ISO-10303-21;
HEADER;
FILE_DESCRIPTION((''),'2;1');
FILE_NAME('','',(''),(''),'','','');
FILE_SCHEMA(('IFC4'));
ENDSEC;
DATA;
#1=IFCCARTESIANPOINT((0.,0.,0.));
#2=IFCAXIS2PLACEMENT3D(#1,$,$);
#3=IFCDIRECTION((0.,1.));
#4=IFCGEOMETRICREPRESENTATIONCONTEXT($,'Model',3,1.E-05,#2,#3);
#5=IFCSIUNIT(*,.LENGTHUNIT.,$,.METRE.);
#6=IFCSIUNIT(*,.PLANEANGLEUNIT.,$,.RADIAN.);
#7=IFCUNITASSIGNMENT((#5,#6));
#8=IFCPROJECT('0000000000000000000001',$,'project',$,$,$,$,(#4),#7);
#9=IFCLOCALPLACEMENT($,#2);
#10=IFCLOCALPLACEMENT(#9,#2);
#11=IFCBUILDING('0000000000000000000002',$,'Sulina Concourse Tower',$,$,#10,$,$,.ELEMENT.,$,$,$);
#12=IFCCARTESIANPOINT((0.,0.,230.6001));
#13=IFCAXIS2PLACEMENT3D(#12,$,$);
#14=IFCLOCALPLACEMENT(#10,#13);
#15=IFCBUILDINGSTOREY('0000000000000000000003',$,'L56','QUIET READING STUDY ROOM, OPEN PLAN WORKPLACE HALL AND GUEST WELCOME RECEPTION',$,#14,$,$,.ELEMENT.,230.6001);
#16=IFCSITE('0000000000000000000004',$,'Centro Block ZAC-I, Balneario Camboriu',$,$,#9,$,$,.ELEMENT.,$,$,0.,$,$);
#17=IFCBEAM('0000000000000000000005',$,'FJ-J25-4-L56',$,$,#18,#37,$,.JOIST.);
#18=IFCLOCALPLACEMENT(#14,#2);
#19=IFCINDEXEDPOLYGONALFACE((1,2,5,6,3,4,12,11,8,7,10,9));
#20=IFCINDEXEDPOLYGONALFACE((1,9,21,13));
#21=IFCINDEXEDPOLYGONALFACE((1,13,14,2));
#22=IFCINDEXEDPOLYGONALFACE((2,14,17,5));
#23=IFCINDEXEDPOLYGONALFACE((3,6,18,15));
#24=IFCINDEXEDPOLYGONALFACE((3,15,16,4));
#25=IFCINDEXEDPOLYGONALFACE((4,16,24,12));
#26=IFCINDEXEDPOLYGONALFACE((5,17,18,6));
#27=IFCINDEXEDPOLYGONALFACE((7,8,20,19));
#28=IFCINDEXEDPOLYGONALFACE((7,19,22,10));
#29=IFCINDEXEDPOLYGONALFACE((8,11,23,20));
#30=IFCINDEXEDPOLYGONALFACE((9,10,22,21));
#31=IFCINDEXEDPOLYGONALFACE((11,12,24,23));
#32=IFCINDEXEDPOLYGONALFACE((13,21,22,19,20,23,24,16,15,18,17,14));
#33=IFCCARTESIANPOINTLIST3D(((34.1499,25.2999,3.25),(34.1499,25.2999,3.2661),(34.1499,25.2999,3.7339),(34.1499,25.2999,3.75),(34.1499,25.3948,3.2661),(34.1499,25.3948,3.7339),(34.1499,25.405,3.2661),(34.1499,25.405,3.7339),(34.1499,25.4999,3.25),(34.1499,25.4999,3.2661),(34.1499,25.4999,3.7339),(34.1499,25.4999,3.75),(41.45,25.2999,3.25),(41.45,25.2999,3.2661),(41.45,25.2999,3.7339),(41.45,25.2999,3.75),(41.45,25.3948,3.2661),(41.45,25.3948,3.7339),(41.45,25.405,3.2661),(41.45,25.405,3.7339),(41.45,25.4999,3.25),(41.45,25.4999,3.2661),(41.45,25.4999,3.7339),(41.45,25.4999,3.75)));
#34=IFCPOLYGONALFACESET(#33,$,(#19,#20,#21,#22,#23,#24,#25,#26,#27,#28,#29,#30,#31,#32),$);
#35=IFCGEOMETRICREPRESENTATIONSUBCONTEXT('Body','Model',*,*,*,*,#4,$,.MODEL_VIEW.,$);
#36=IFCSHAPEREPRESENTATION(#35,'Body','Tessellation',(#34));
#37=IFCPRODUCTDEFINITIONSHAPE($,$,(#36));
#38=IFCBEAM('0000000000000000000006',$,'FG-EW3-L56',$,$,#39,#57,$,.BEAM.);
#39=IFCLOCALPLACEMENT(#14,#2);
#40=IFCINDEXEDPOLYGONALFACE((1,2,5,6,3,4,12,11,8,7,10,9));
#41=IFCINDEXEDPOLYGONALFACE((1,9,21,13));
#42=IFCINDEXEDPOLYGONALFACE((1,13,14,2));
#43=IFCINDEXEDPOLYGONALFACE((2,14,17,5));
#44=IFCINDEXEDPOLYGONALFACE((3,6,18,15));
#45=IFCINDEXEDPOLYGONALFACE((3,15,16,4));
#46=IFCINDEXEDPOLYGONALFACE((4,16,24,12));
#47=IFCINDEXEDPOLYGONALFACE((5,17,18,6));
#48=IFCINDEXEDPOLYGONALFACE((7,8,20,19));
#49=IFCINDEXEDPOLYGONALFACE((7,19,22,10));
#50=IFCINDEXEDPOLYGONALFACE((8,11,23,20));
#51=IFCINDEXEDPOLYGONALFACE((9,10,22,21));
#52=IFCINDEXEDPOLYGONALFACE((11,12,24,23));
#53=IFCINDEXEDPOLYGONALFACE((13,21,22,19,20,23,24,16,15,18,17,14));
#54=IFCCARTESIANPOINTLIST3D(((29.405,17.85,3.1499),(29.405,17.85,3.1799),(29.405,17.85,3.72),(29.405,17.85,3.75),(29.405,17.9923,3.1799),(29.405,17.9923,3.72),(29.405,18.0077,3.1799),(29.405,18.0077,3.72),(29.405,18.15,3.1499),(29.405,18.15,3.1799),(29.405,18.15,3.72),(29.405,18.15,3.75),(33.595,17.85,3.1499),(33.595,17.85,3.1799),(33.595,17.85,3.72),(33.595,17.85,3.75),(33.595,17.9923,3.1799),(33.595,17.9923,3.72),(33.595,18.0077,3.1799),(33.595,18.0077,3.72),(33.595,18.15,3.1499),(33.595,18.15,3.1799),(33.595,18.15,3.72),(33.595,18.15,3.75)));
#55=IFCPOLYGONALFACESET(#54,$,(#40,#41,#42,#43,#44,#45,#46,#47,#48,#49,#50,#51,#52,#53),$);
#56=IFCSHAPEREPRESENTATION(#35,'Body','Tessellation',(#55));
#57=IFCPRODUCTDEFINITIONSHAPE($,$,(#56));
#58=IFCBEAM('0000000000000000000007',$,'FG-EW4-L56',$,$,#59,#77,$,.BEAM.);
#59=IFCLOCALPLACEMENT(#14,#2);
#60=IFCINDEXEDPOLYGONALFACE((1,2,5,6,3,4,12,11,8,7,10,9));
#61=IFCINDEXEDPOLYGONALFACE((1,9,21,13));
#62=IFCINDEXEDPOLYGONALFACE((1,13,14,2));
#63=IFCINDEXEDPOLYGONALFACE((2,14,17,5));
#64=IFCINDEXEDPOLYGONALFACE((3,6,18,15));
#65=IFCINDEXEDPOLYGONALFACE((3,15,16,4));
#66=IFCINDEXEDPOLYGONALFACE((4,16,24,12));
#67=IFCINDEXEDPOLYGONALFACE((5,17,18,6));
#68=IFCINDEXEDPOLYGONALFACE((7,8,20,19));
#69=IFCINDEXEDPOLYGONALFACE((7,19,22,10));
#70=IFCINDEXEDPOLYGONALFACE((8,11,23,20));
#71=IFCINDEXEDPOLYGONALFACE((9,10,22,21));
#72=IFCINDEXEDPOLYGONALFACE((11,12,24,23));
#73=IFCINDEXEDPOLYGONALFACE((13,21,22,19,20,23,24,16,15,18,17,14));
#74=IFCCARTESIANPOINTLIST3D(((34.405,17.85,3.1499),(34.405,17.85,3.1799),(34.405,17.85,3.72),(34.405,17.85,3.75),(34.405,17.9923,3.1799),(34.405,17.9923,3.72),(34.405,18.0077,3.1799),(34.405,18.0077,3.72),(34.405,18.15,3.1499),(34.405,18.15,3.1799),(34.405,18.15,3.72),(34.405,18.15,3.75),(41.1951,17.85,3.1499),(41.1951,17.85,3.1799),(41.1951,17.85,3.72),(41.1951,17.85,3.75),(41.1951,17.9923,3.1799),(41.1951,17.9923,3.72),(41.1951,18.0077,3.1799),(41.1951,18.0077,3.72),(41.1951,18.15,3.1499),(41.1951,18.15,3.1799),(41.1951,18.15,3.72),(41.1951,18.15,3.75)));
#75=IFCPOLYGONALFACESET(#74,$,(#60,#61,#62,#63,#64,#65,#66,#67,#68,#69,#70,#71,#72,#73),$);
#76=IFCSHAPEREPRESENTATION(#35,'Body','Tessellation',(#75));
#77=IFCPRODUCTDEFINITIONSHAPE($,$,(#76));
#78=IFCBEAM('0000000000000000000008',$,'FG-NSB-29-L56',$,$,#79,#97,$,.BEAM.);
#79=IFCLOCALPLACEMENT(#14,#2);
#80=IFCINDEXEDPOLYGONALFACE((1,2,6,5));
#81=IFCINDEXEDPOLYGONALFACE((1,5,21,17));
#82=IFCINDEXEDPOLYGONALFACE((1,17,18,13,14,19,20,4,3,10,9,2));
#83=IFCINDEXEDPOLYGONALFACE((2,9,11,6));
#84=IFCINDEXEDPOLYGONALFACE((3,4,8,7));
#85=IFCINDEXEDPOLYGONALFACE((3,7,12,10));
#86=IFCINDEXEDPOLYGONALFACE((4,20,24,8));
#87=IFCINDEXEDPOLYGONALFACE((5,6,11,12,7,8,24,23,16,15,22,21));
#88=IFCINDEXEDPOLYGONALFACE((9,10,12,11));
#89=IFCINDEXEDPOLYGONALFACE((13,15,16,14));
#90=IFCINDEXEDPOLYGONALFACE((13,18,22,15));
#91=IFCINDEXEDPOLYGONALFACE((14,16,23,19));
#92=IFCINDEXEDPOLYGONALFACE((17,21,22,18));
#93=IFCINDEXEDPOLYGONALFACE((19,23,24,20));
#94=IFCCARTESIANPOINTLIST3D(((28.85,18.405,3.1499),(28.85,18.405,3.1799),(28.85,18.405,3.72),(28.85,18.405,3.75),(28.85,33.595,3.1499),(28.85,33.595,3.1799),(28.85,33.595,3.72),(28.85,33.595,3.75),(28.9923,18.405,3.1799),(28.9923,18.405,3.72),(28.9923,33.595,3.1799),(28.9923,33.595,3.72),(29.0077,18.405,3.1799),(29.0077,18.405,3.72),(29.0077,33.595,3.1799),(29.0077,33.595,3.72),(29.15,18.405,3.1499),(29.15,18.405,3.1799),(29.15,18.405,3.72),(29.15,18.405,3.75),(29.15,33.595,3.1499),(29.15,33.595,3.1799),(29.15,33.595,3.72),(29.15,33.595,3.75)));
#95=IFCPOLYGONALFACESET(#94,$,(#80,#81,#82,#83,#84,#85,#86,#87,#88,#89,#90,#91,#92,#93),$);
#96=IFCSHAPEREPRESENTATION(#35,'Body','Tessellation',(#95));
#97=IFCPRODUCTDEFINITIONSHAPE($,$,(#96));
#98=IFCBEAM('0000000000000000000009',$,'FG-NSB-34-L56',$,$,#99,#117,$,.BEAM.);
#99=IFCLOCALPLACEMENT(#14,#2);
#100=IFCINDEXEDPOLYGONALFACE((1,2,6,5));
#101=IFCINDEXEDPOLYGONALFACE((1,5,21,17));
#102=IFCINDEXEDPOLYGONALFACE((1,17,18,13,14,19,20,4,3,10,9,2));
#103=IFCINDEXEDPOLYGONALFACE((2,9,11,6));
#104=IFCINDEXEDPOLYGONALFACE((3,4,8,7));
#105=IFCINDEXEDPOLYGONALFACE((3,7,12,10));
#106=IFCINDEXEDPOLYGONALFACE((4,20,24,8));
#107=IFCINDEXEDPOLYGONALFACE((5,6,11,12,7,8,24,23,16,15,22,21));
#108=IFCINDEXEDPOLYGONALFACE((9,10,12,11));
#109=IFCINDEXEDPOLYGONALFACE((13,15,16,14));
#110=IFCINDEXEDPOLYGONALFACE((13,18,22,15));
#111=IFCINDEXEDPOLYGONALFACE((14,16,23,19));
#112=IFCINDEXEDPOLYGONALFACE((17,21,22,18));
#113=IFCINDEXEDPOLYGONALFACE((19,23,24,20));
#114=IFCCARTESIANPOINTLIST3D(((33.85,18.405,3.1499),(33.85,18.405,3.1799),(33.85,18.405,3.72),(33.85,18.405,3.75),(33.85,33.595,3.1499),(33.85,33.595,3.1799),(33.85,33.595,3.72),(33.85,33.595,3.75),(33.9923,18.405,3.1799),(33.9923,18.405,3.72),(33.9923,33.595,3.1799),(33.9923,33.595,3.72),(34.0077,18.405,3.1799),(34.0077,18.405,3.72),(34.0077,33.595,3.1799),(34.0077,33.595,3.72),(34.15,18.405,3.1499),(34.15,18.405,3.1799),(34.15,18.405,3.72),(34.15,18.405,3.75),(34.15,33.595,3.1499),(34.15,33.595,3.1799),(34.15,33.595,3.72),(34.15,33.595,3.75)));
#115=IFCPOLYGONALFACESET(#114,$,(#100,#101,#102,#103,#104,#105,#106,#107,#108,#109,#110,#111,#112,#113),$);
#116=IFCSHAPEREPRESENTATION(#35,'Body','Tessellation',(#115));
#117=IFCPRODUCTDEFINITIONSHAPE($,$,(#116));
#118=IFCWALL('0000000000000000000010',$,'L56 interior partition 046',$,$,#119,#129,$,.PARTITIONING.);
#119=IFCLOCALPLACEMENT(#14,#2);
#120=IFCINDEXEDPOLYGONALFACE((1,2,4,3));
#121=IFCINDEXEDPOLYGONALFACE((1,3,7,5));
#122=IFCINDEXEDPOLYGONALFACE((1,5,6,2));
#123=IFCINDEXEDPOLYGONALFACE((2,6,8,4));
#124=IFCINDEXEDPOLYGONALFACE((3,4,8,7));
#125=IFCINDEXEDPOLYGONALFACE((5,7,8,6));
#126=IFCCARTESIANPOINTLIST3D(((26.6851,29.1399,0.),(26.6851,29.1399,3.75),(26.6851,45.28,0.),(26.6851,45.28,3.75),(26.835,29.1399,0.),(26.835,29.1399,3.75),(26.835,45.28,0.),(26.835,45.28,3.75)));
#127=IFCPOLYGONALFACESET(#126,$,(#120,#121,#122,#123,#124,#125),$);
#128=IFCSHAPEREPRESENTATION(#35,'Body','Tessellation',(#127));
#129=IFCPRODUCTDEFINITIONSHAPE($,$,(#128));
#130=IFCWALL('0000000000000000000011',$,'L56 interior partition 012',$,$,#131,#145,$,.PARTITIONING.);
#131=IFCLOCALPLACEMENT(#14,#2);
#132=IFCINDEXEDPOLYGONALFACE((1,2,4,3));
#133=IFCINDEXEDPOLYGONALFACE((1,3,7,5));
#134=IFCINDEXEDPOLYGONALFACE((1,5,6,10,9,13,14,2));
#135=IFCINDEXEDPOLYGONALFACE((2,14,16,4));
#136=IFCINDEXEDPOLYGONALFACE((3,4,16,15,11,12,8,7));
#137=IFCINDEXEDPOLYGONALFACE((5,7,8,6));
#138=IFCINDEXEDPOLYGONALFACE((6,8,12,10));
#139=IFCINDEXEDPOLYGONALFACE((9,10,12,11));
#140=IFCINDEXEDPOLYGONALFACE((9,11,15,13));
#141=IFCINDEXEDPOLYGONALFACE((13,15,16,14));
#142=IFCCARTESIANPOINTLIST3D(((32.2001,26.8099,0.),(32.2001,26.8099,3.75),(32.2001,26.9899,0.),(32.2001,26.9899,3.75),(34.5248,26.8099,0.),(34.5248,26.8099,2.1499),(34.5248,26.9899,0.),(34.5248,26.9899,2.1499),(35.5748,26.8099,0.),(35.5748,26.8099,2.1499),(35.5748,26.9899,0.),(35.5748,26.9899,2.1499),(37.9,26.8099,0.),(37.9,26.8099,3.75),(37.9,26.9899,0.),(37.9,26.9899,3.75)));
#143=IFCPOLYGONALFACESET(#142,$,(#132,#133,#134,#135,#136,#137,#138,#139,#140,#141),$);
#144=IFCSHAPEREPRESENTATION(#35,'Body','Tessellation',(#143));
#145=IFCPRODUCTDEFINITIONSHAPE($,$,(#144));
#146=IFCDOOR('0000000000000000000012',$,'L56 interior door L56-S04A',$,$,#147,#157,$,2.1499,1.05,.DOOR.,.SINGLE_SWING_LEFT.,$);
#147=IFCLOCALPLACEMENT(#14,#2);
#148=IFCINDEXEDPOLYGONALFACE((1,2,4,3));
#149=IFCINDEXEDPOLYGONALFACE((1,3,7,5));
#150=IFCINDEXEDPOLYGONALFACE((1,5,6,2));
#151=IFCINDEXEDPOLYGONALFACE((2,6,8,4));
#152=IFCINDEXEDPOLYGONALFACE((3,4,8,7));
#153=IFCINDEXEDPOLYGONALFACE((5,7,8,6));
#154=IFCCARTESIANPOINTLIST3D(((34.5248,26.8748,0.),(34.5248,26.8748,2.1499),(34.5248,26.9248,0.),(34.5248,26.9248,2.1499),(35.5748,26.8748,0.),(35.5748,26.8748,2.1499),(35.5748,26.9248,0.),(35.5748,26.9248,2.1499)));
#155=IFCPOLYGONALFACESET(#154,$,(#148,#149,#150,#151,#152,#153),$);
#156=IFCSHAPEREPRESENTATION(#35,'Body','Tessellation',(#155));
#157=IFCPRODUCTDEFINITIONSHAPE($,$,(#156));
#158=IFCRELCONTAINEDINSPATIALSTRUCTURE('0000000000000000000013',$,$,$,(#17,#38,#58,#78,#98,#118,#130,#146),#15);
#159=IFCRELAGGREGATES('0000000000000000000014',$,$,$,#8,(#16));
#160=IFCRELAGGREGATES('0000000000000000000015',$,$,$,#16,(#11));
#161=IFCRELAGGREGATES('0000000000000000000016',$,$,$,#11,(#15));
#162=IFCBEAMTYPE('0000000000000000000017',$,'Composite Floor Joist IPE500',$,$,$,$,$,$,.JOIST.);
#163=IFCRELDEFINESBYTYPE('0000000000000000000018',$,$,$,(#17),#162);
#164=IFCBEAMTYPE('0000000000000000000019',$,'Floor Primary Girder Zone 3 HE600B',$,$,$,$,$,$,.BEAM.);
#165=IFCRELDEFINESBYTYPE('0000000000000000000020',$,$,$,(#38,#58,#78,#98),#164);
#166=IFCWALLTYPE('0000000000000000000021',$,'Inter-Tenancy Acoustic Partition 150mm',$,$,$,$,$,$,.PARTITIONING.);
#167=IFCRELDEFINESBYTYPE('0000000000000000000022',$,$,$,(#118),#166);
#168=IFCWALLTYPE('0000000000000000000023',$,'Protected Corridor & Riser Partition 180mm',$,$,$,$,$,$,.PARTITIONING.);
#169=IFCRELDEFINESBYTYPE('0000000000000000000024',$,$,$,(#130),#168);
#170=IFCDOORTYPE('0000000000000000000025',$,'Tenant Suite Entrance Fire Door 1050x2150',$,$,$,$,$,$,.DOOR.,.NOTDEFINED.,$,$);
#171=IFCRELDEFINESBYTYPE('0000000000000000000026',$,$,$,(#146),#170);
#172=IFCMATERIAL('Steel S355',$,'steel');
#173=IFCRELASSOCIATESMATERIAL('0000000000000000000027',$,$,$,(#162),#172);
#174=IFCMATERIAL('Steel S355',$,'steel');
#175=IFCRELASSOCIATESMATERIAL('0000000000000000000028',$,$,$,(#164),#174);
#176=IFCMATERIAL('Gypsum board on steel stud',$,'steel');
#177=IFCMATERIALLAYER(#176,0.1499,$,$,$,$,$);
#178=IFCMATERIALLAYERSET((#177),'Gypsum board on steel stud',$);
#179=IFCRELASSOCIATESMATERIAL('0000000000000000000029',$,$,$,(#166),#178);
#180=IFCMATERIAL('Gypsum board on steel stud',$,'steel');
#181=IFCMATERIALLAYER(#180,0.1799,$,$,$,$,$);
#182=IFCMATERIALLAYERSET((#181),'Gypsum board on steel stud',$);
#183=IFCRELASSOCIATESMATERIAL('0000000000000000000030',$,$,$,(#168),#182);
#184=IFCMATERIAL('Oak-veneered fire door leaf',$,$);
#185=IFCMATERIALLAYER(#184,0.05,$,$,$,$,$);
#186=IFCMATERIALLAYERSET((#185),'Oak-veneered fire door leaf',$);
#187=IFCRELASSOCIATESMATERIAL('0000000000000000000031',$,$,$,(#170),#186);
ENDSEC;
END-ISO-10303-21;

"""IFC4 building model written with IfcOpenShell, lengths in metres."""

from ifc_helpers import new_model, si_unit, direction, frame, frame_2d, origin, origin_2d, place, context, subcontext, project, spatial, rectangle, i_section, extrude, material, layer, layer_set, material_profile, profile_set, type_object, element, fill, save


model = new_model("IFC4")

# Units and contexts
model_context = context("Model", 3, precision=1e-05, world=origin(), true_north=direction((0.0, 1.0)))
body_context = subcontext(model_context, "Body", "Model", "MODEL_VIEW")
ifc_project = project(units=[si_unit("LENGTHUNIT", "METRE"), si_unit("PLANEANGLEUNIT", "RADIAN")], contexts=[model_context])

# Site, building, storey
site_placement = place(None, origin())
site = spatial("IfcSite", under=ifc_project, at=site_placement, Name="Centro Block ZAC-I, Balneario Camboriu", CompositionType="ELEMENT", RefElevation=0.0)
building_placement = place(site_placement, origin())
building = spatial("IfcBuilding", under=site, at=building_placement, Name="Sulina Concourse Tower", CompositionType="ELEMENT")
storey_placement = place(building_placement, frame((0.0, 0.0, 230.6001)))
storey = spatial("IfcBuildingStorey", under=building, at=storey_placement, Name="L56", Description="QUIET READING STUDY ROOM, OPEN PLAN WORKPLACE HALL AND GUEST WELCOME RECEPTION", CompositionType="ELEMENT", Elevation=230.6001)

# Beams
ifc_material_1 = material(Name="Steel S355", Category="steel")
ifc_material_profile_1 = material_profile(ifc_material_1, i_section(OverallWidth=0.2, OverallDepth=0.5, WebThickness=0.0103, FlangeThickness=0.0161, at=origin_2d()), Name="IPE 500")
ifc_profile_set_1 = profile_set([ifc_material_profile_1], Name="Steel S355")
beam_type_1 = type_object("IfcBeamType", Name="Composite Floor Joist IPE500", PredefinedType="JOIST", material=ifc_profile_set_1)
beam_1_placement = place(storey_placement, frame((34.1499, 25.3999, 3.5), z_axis=(1.0, 0.0, 0.0), x_axis=(0.0, 1.0, 0.0)))
element("IfcBeam", 1, at=beam_1_placement, inside=storey, type_object=beam_type_1, Name="FJ-J25-4-L56", PredefinedType="JOIST", context=body_context, shape_type="SweptSolid", body=[
    extrude(i_section(OverallWidth=0.2, OverallDepth=0.5, WebThickness=0.0103, FlangeThickness=0.0161, at=origin_2d()), origin(), (0.0, 0.0, 1.0), 7.3),
])
ifc_material_2 = material(Name="Steel S355", Category="steel")
ifc_material_profile_2 = material_profile(ifc_material_2, i_section(OverallWidth=0.3, OverallDepth=0.6001, WebThickness=0.0154, FlangeThickness=0.03, at=origin_2d()), Name="HE 600 B")
ifc_profile_set_2 = profile_set([ifc_material_profile_2], Name="Steel S355")
beam_type_2 = type_object("IfcBeamType", Name="Floor Primary Girder Zone 3 HE600B", PredefinedType="BEAM", material=ifc_profile_set_2)
beam_2_placement = place(storey_placement, frame((29.405, 18.0, 3.45), z_axis=(1.0, 0.0, 0.0), x_axis=(0.0, 1.0, 0.0)))
element("IfcBeam", 2, at=beam_2_placement, inside=storey, type_object=beam_type_2, Name="FG-EW3-L56", PredefinedType="BEAM", context=body_context, shape_type="SweptSolid", body=[
    extrude(i_section(OverallWidth=0.3, OverallDepth=0.6001, WebThickness=0.0154, FlangeThickness=0.03, at=origin_2d()), origin(), (0.0, 0.0, 1.0), 4.1899),
])
beam_3_placement = place(storey_placement, frame((34.405, 18.0, 3.45), z_axis=(1.0, 0.0, 0.0), x_axis=(0.0, 1.0, 0.0)))
element("IfcBeam", 3, at=beam_3_placement, inside=storey, type_object=beam_type_2, Name="FG-EW4-L56", PredefinedType="BEAM", context=body_context, shape_type="SweptSolid", body=[
    extrude(i_section(OverallWidth=0.3, OverallDepth=0.6001, WebThickness=0.0154, FlangeThickness=0.03, at=origin_2d()), origin(), (0.0, 0.0, 1.0), 6.79),
])
for number, where, z_axis, x_axis, name in (
    (4, (29.0, 18.405, 3.45), (0.0, 1.0, 0.0), (-1.0, 0.0, 0.0), "FG-NSB-29-L56"),
    (5, (34.0, 18.405, 3.45), (0.0, 1.0, 0.0), (-1.0, 0.0, 0.0), "FG-NSB-34-L56"),
):
    element("IfcBeam", number, at=place(storey_placement, frame(where, z_axis=z_axis, x_axis=x_axis)), inside=storey, type_object=beam_type_2, Name=name, PredefinedType="BEAM", context=body_context, shape_type="SweptSolid", body=[
        extrude(i_section(OverallWidth=0.3, OverallDepth=0.6001, WebThickness=0.0154, FlangeThickness=0.03, at=origin_2d()), origin(), (0.0, 0.0, 1.0), 15.1899),
    ])

# Wall
ifc_material_3 = material(Name="Gypsum board on steel stud", Category="steel")
ifc_layer_1 = layer(ifc_material_3, 0.1499)
ifc_layer_set_1 = layer_set([ifc_layer_1], Name="Gypsum board on steel stud")
wall_type_1 = type_object("IfcWallType", Name="Inter-Tenancy Acoustic Partition 150mm", PredefinedType="PARTITIONING", material=ifc_layer_set_1)
wall_1_placement = place(storey_placement, frame((26.76, 29.1399, 0.0), z_axis=(0.0, 0.0, 1.0), x_axis=(0.0, 1.0, 0.0)))
element("IfcWall", 6, at=wall_1_placement, inside=storey, type_object=wall_type_1, Name="L56 interior partition 046", PredefinedType="PARTITIONING", context=body_context, shape_type="SweptSolid", body=[
    extrude(rectangle(XDim=16.1401, YDim=0.1499, at=frame_2d((8.0701, 0.0))), origin(), (0.0, 0.0, 1.0), 3.75),
])

# Wall, opening, door
ifc_material_4 = material(Name="Gypsum board on steel stud", Category="steel")
ifc_layer_2 = layer(ifc_material_4, 0.1799)
ifc_layer_set_2 = layer_set([ifc_layer_2], Name="Gypsum board on steel stud")
wall_type_2 = type_object("IfcWallType", Name="Protected Corridor & Riser Partition 180mm", PredefinedType="PARTITIONING", material=ifc_layer_set_2)
wall_2_placement = place(storey_placement, frame((32.2, 26.8999, 0.0), z_axis=(0.0, 0.0, 1.0), x_axis=(1.0, 0.0, 0.0)))
wall_2 = element("IfcWall", 7, at=wall_2_placement, inside=storey, type_object=wall_type_2, Name="L56 interior partition 012", PredefinedType="PARTITIONING", context=body_context, shape_type="SweptSolid", body=[
    extrude(rectangle(XDim=5.7, YDim=0.1799, at=frame_2d((2.8501, 0.0))), origin(), (0.0, 0.0, 1.0), 3.75),
])
opening_1_placement = place(wall_2_placement, frame((2.325, 0.0, 0.0)))
opening_1 = element("IfcOpeningElement", 8, at=opening_1_placement, cuts=wall_2, PredefinedType="OPENING", context=body_context, shape_type="SweptSolid", body=[
    extrude(rectangle(XDim=1.05, YDim=2.1499, at=frame_2d((0.5249, 1.075))), frame((0.0, 0.0999, 0.0), z_axis=(0.0, -1.0, 0.0), x_axis=(1.0, 0.0, 0.0)), (0.0, 0.0, 1.0), 0.2),
])
ifc_material_5 = material(Name="Oak-veneered fire door leaf")
ifc_layer_3 = layer(ifc_material_5, 0.05)
ifc_layer_set_3 = layer_set([ifc_layer_3], Name="Oak-veneered fire door leaf")
door_type_1 = type_object("IfcDoorType", Name="Tenant Suite Entrance Fire Door 1050x2150", OperationType="NOTDEFINED", PredefinedType="DOOR", material=ifc_layer_set_3)
door_1_placement = place(opening_1_placement, origin())
door_1 = element("IfcDoor", 9, at=door_1_placement, inside=storey, type_object=door_type_1, Name="L56 interior door L56-S04A", OperationType="SINGLE_SWING_LEFT", OverallHeight=2.1499, OverallWidth=1.05, PredefinedType="DOOR", context=body_context, shape_type="SweptSolid", body=[
    extrude(rectangle(XDim=1.05, YDim=2.1499, at=frame_2d((0.5249, 1.075))), frame((0.0, 0.0249, 0.0), z_axis=(0.0, -1.0, 0.0), x_axis=(1.0, 0.0, 0.0)), (0.0, 0.0, 1.0), 0.05),
])
fill(opening_1, door_1)

save(model, "model.ifc")
